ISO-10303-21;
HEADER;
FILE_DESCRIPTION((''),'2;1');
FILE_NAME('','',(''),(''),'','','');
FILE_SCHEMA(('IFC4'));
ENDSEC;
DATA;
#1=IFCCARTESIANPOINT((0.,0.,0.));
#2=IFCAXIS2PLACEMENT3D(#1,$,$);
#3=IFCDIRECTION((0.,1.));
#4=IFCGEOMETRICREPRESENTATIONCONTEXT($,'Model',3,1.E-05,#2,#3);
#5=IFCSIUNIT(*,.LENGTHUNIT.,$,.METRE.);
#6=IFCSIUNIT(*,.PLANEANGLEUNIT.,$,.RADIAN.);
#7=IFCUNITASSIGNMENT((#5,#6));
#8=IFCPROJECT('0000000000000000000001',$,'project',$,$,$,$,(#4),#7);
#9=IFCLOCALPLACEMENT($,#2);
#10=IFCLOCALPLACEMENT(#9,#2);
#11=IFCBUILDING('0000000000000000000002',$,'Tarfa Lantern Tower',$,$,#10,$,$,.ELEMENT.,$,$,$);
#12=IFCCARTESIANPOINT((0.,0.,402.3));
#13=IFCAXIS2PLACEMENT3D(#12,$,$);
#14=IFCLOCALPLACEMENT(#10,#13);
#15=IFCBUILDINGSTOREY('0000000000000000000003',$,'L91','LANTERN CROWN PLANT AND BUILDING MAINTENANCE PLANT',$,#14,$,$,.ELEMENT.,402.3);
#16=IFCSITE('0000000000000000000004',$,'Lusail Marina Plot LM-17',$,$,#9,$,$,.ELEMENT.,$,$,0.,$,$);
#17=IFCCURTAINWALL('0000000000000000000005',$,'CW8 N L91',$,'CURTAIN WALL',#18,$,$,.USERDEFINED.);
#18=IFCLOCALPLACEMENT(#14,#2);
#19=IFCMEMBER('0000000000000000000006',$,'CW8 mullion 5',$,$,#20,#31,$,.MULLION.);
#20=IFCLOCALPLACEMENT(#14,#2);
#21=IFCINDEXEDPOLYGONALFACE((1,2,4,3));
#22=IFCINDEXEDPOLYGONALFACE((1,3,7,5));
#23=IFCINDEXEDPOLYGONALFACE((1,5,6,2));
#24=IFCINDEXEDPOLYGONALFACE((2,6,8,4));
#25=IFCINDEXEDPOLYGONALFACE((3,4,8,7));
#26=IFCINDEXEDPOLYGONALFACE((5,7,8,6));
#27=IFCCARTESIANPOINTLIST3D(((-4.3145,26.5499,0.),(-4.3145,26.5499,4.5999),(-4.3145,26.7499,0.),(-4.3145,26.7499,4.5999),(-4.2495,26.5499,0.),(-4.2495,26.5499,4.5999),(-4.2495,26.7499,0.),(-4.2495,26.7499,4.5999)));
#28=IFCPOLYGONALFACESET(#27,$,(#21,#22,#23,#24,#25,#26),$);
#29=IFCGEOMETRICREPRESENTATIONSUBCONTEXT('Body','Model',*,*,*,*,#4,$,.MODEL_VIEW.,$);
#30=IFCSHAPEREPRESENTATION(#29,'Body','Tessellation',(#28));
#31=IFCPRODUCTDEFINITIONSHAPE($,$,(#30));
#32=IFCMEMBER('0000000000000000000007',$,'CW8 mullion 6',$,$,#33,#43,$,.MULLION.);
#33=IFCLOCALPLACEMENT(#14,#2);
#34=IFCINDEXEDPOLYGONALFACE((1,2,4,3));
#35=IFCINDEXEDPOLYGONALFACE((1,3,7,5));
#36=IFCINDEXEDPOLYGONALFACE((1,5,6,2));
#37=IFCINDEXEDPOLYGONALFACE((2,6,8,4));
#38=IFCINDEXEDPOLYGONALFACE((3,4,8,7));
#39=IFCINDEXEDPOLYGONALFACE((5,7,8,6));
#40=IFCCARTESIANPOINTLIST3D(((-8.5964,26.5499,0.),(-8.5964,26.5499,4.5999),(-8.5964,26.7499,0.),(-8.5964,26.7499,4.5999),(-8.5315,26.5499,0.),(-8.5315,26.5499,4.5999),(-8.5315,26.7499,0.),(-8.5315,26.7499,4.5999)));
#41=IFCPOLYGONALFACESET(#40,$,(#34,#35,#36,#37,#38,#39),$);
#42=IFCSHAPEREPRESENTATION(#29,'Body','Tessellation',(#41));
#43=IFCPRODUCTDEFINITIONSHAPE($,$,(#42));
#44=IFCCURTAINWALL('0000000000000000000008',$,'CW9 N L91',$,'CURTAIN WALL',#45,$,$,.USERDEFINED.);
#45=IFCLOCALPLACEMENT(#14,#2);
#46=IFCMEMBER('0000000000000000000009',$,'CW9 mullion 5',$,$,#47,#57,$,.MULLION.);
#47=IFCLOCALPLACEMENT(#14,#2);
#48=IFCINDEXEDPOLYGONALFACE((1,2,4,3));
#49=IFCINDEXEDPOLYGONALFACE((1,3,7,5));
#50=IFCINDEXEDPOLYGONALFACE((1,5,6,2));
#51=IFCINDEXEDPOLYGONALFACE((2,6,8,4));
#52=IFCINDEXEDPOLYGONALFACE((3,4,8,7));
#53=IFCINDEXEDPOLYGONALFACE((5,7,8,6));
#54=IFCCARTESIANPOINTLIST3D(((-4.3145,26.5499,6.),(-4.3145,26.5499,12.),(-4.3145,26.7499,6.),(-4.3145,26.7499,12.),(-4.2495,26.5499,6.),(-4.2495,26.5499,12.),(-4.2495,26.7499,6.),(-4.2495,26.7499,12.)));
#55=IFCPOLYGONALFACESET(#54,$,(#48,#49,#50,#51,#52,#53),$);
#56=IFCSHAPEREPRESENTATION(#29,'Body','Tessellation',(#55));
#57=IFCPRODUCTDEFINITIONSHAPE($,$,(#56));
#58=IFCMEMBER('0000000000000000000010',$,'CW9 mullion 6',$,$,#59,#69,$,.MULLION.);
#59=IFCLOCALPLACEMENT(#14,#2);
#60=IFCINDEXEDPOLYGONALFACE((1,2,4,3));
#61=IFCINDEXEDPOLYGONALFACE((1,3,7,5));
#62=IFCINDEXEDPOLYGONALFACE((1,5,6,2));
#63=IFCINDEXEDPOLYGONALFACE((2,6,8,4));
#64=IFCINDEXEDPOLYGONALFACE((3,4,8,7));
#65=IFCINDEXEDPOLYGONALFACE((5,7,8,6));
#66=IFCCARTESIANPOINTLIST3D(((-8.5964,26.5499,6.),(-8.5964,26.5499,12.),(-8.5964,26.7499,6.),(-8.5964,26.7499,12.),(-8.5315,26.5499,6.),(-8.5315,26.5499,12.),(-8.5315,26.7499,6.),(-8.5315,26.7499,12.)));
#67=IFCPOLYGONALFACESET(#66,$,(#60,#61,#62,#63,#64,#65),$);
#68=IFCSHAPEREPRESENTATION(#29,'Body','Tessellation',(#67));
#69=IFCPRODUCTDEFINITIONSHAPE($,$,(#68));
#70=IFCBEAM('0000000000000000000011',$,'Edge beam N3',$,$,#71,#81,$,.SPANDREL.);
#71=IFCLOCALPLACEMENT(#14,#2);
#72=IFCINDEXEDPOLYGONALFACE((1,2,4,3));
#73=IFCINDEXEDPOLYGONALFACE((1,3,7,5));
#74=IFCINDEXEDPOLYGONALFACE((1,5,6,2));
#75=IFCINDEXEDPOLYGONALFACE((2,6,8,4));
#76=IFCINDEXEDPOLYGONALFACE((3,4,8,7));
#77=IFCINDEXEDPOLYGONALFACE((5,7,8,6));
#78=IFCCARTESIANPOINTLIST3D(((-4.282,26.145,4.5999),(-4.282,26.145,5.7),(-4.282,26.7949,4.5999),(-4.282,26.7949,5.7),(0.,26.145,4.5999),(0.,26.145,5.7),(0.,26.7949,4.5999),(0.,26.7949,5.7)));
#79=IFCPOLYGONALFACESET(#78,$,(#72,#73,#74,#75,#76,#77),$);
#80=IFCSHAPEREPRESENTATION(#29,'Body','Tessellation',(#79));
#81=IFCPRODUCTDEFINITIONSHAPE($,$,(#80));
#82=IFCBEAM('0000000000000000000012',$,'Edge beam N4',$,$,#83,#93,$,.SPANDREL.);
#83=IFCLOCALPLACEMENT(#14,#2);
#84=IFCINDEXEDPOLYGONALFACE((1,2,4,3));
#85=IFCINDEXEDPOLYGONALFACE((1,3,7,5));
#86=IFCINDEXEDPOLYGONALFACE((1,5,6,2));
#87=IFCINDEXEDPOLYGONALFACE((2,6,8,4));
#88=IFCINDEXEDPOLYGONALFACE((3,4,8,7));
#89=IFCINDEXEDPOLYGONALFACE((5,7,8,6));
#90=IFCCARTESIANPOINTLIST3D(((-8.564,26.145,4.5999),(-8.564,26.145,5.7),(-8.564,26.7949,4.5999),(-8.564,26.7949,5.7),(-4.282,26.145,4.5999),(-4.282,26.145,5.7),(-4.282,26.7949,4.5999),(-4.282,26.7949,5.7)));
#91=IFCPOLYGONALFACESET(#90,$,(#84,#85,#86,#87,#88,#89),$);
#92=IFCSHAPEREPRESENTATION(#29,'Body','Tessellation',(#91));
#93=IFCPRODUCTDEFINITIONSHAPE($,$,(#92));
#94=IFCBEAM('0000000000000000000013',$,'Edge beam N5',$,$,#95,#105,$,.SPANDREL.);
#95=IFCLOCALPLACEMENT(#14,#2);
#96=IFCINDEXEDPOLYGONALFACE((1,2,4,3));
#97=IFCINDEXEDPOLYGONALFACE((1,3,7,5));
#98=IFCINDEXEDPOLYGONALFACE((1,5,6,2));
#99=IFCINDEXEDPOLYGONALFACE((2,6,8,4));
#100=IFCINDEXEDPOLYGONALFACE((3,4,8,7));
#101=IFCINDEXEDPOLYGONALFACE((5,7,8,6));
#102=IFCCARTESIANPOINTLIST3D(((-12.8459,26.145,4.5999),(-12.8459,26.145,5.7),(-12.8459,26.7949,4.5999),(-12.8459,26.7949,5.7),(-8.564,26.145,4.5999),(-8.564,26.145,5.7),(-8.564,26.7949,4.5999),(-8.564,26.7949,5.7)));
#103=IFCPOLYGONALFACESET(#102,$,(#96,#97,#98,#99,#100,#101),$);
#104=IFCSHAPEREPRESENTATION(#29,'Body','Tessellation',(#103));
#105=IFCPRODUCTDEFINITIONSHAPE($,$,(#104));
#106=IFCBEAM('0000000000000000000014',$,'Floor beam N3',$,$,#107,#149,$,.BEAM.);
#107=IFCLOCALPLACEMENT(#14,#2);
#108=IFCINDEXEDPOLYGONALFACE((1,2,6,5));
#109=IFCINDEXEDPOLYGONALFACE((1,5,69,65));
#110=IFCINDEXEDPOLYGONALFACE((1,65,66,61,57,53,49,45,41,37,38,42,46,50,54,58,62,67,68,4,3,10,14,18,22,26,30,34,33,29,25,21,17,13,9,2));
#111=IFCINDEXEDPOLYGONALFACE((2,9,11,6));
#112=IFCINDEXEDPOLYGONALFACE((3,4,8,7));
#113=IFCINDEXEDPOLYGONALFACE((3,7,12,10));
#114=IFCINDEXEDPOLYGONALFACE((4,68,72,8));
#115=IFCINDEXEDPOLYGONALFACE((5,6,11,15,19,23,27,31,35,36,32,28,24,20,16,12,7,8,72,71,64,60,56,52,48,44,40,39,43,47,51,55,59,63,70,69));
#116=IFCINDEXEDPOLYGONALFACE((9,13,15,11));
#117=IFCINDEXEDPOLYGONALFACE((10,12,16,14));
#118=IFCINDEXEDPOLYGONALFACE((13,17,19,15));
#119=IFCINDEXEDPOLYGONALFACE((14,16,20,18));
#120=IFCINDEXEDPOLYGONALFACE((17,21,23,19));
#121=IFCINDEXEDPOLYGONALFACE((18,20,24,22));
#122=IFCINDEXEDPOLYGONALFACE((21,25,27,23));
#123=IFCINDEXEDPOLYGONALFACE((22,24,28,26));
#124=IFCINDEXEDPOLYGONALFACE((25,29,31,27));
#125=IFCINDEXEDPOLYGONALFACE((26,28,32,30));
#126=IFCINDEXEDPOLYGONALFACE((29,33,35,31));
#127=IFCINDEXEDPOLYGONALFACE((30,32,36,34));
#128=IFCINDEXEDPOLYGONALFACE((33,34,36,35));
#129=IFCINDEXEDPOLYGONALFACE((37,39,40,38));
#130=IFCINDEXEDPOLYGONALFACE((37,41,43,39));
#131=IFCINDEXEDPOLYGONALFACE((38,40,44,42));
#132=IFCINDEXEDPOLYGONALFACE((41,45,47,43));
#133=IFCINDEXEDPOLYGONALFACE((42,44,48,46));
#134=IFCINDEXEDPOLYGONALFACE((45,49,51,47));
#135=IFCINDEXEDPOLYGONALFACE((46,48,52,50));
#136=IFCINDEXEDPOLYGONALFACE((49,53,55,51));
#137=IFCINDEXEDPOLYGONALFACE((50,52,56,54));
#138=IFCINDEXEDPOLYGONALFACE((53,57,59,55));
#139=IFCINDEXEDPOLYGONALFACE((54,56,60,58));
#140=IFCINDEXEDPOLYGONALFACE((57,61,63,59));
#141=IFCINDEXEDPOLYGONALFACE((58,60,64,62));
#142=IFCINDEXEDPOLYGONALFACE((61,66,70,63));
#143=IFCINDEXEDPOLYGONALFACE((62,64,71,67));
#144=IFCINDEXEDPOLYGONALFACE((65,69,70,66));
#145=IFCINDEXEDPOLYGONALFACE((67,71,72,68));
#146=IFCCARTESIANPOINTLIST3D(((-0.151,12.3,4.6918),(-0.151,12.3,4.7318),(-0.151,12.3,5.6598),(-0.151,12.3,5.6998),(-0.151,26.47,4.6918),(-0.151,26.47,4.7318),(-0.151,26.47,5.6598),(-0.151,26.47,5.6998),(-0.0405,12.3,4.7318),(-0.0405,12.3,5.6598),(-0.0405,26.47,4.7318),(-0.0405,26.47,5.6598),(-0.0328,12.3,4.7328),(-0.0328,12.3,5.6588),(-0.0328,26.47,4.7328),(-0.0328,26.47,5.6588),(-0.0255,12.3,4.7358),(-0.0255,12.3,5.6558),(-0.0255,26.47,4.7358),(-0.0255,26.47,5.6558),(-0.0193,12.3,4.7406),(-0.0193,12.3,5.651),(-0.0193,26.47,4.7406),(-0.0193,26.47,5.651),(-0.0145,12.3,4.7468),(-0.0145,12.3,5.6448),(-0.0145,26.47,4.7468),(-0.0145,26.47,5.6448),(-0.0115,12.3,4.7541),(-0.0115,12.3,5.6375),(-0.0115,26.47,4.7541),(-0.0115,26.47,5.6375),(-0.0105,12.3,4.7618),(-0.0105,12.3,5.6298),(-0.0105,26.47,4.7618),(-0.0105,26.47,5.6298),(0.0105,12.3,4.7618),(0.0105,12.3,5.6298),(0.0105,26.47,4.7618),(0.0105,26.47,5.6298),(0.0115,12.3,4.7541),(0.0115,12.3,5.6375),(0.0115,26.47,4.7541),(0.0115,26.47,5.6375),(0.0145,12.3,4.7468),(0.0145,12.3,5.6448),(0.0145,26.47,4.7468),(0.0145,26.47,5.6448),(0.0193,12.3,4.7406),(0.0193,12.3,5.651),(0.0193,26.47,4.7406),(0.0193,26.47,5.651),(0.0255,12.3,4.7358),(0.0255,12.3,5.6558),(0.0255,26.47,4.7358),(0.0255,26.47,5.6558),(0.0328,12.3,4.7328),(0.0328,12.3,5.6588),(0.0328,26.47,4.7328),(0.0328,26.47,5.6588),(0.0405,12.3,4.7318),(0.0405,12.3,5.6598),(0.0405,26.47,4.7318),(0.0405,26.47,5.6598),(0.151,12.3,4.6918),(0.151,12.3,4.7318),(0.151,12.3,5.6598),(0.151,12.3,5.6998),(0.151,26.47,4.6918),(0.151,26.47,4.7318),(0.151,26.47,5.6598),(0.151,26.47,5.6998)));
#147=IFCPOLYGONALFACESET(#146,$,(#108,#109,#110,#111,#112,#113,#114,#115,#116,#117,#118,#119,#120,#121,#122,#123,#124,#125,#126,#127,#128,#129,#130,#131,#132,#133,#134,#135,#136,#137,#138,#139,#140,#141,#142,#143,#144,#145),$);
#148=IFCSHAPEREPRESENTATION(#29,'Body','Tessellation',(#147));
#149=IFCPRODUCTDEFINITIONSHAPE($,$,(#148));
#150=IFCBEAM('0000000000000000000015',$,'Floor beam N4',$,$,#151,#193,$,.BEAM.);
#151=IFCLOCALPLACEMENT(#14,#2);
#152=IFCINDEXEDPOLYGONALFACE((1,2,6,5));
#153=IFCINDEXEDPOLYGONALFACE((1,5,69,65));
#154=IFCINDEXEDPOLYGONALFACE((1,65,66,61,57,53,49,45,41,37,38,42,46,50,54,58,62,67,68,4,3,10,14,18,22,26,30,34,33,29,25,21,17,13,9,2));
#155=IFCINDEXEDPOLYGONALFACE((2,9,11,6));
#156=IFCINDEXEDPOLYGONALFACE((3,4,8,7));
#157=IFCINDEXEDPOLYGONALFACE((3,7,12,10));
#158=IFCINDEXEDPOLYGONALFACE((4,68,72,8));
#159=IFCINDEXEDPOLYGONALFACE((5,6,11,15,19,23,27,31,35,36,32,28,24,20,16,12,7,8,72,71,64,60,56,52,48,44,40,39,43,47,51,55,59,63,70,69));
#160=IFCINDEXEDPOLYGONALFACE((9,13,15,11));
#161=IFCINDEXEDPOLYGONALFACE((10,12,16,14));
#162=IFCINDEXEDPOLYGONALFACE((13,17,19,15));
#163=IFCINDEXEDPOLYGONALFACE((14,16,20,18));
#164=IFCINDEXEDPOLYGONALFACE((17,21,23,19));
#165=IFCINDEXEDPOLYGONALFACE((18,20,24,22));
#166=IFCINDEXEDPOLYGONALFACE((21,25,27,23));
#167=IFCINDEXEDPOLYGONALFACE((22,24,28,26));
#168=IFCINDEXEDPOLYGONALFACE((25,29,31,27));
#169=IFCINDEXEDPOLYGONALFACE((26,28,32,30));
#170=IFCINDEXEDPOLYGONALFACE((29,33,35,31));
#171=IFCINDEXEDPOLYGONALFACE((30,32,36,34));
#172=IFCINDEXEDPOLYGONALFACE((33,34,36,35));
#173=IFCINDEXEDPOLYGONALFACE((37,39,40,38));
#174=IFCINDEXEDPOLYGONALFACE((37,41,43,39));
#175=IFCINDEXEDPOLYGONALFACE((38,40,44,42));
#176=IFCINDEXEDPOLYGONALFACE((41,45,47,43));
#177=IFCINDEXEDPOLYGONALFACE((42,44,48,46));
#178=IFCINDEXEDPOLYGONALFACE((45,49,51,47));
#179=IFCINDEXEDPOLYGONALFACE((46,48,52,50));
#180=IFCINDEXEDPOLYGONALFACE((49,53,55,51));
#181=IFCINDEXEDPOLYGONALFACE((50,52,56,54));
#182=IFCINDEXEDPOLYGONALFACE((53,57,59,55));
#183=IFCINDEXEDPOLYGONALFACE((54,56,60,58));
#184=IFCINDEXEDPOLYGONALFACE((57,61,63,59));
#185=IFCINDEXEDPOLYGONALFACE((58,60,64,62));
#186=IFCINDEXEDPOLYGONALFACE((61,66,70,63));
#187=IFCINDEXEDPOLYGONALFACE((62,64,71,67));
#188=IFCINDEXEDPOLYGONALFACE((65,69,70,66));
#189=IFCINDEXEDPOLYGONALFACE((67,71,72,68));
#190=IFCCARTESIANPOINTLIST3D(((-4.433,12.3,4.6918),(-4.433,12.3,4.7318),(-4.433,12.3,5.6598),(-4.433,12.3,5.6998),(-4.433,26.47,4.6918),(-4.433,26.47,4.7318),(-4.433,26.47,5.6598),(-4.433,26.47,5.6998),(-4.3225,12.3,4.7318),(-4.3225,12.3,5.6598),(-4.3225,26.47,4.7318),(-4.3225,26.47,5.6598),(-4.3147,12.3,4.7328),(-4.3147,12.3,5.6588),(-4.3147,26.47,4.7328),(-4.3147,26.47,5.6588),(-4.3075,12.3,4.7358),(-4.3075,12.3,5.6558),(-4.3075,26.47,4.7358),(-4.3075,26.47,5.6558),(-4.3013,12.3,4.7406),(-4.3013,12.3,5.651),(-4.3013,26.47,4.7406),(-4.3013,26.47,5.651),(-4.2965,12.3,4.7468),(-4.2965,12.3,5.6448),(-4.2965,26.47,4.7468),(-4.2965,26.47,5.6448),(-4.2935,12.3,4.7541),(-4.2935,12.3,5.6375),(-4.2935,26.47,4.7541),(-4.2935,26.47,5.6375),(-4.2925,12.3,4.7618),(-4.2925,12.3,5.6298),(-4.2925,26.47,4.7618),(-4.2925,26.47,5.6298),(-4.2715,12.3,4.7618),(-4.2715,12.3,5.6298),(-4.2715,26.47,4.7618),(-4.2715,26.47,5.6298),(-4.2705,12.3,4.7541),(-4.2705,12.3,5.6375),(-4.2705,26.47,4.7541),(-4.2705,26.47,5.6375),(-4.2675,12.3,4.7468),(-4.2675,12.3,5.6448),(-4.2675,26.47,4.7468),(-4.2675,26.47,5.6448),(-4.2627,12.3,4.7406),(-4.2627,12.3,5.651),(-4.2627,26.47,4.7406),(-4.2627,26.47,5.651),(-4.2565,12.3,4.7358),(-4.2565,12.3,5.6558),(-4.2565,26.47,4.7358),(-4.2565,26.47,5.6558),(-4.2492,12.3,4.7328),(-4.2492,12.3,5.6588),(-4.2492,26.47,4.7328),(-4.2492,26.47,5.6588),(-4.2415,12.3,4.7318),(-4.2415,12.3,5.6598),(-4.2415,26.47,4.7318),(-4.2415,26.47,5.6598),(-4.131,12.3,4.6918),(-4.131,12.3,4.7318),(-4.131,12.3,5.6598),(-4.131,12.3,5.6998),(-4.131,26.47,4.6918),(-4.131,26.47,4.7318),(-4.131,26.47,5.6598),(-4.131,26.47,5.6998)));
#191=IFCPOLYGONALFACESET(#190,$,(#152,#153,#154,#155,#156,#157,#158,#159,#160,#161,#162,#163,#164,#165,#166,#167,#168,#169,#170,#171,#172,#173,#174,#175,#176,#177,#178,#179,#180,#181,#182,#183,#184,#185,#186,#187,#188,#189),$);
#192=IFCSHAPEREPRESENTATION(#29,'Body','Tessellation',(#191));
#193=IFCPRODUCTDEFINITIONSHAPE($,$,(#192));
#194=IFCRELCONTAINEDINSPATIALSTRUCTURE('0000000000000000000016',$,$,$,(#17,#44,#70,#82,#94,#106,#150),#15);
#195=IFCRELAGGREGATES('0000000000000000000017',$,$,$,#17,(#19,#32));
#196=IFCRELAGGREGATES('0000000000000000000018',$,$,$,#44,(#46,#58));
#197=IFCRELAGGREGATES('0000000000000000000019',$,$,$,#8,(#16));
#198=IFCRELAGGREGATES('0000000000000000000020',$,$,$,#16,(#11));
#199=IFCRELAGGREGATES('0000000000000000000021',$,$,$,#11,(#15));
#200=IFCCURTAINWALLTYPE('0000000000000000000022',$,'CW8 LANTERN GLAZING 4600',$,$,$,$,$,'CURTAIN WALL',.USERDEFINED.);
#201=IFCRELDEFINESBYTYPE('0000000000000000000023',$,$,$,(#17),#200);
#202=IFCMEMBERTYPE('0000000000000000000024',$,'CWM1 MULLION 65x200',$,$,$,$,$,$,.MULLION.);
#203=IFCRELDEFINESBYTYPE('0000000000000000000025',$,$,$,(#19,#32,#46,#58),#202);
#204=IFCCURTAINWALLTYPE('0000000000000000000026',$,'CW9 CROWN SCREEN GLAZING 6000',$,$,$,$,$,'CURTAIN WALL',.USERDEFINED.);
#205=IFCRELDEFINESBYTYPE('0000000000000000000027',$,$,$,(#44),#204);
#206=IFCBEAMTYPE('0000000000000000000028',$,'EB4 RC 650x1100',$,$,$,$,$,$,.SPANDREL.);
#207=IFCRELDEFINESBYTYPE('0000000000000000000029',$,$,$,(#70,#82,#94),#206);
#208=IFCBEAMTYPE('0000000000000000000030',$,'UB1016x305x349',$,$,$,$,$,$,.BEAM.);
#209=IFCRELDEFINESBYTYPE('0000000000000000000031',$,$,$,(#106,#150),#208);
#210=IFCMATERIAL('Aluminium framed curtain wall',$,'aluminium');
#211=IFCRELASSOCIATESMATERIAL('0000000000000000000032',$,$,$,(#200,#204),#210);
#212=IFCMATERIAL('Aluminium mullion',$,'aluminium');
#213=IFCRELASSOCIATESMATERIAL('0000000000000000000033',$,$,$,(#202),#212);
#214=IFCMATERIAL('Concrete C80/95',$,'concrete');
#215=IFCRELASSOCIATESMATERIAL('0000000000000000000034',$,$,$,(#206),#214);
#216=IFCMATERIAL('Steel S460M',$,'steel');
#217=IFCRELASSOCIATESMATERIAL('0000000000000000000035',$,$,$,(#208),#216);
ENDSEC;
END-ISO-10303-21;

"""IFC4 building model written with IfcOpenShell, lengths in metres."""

from ifc_helpers import new_model, si_unit, direction, frame, origin, origin_2d, place, context, subcontext, project, spatial, rectangle, i_section, extrude, material, material_profile, profile_set, type_object, element, aggregate, save


model = new_model("IFC4")

# Units and contexts
model_context = context("Model", 3, precision=1e-05, world=origin(), true_north=direction((0.0, 1.0)))
body_context = subcontext(model_context, "Body", "Model", "MODEL_VIEW")
ifc_project = project(units=[si_unit("LENGTHUNIT", "METRE"), si_unit("PLANEANGLEUNIT", "RADIAN")], contexts=[model_context])

# Site, building, storey
site_placement = place(None, origin())
site = spatial("IfcSite", under=ifc_project, at=site_placement, Name="Lusail Marina Plot LM-17", CompositionType="ELEMENT", RefElevation=0.0)
building_placement = place(site_placement, origin())
building = spatial("IfcBuilding", under=site, at=building_placement, Name="Tarfa Lantern Tower", CompositionType="ELEMENT")
storey_placement = place(building_placement, frame((0.0, 0.0, 402.3)))
storey = spatial("IfcBuildingStorey", under=building, at=storey_placement, Name="L91", Description="LANTERN CROWN PLANT AND BUILDING MAINTENANCE PLANT", CompositionType="ELEMENT", Elevation=402.3)

# Curtain walls, members
ifc_material_1 = material(Name="Aluminium framed curtain wall", Category="aluminium")
curtain_wall_type_1 = type_object("IfcCurtainWallType", Name="CW8 LANTERN GLAZING 4600", ElementType="CURTAIN WALL", PredefinedType="USERDEFINED", material=ifc_material_1)
curtain_wall_1_placement = place(storey_placement, origin())
curtain_wall_1 = element("IfcCurtainWall", 1, at=curtain_wall_1_placement, inside=storey, type_object=curtain_wall_type_1, Name="CW8 N L91", ObjectType="CURTAIN WALL", PredefinedType="USERDEFINED")
ifc_material_2 = material(Name="Aluminium mullion", Category="aluminium")
ifc_material_profile_1 = material_profile(ifc_material_2, rectangle(XDim=0.0649, YDim=0.2, at=origin_2d()), Name="AL MULLION 65x200")
ifc_profile_set_1 = profile_set([ifc_material_profile_1], Name="Aluminium mullion")
member_type = type_object("IfcMemberType", Name="CWM1 MULLION 65x200", PredefinedType="MULLION", material=ifc_profile_set_1)
member_1_placement = place(storey_placement, frame((-4.282, 26.6499, 0.0), z_axis=(0.0, 0.0, 1.0), x_axis=(1.0, 0.0, 0.0)))
member_1 = element("IfcMember", 2, at=member_1_placement, type_object=member_type, Name="CW8 mullion 5", PredefinedType="MULLION", context=body_context, shape_type="SweptSolid", body=[
    extrude(rectangle(XDim=0.0649, YDim=0.2, at=origin_2d()), origin(), (0.0, 0.0, 1.0), 4.5999),
])
member_2_placement = place(storey_placement, frame((-8.564, 26.6499, 0.0), z_axis=(0.0, 0.0, 1.0), x_axis=(1.0, 0.0, 0.0)))
member_2 = element("IfcMember", 3, at=member_2_placement, type_object=member_type, Name="CW8 mullion 6", PredefinedType="MULLION", context=body_context, shape_type="SweptSolid", body=[
    extrude(rectangle(XDim=0.0649, YDim=0.2, at=origin_2d()), origin(), (0.0, 0.0, 1.0), 4.5999),
])
curtain_wall_type_2 = type_object("IfcCurtainWallType", Name="CW9 CROWN SCREEN GLAZING 6000", ElementType="CURTAIN WALL", PredefinedType="USERDEFINED", material=ifc_material_1)
curtain_wall_2_placement = place(storey_placement, origin())
curtain_wall_2 = element("IfcCurtainWall", 4, at=curtain_wall_2_placement, inside=storey, type_object=curtain_wall_type_2, Name="CW9 N L91", ObjectType="CURTAIN WALL", PredefinedType="USERDEFINED")
member_3_placement = place(storey_placement, frame((-4.282, 26.6499, 6.0), z_axis=(0.0, 0.0, 1.0), x_axis=(1.0, 0.0, 0.0)))
member_3 = element("IfcMember", 5, at=member_3_placement, type_object=member_type, Name="CW9 mullion 5", PredefinedType="MULLION", context=body_context, shape_type="SweptSolid", body=[
    extrude(rectangle(XDim=0.0649, YDim=0.2, at=origin_2d()), origin(), (0.0, 0.0, 1.0), 6.0),
])
member_4_placement = place(storey_placement, frame((-8.564, 26.6499, 6.0), z_axis=(0.0, 0.0, 1.0), x_axis=(1.0, 0.0, 0.0)))
member_4 = element("IfcMember", 6, at=member_4_placement, type_object=member_type, Name="CW9 mullion 6", PredefinedType="MULLION", context=body_context, shape_type="SweptSolid", body=[
    extrude(rectangle(XDim=0.0649, YDim=0.2, at=origin_2d()), origin(), (0.0, 0.0, 1.0), 6.0),
])

# Beams
ifc_material_3 = material(Name="Concrete C80/95", Category="concrete")
ifc_material_profile_2 = material_profile(ifc_material_3, rectangle(XDim=0.6499, YDim=1.1001, at=origin_2d()), Name="RC 650x1100")
ifc_profile_set_2 = profile_set([ifc_material_profile_2], Name="Concrete C80/95")
beam_type_1 = type_object("IfcBeamType", Name="EB4 RC 650x1100", PredefinedType="SPANDREL", material=ifc_profile_set_2)
for number, where, z_axis, x_axis, name in (
    (7, (0.0, 26.47, 5.1499), (-1.0, 0.0, 0.0), (0.0, -1.0, 0.0), "Edge beam N3"),
    (8, (-4.282, 26.47, 5.1499), (-1.0, 0.0, 0.0), (0.0, -1.0, 0.0), "Edge beam N4"),
    (9, (-8.564, 26.47, 5.1499), (-1.0, 0.0, 0.0), (0.0, -1.0, 0.0), "Edge beam N5"),
):
    element("IfcBeam", number, at=place(storey_placement, frame(where, z_axis=z_axis, x_axis=x_axis)), inside=storey, type_object=beam_type_1, Name=name, PredefinedType="SPANDREL", context=body_context, shape_type="SweptSolid", body=[
        extrude(rectangle(XDim=0.6499, YDim=1.1001, at=origin_2d()), origin(), (0.0, 0.0, 1.0), 4.282),
    ])
ifc_material_4 = material(Name="Steel S460M", Category="steel")
ifc_material_profile_3 = material_profile(ifc_material_4, i_section(OverallWidth=0.302, OverallDepth=1.0081, WebThickness=0.021, FlangeThickness=0.04, FilletRadius=0.03, at=origin_2d()), Name="UB1016x305x349")
ifc_profile_set_3 = profile_set([ifc_material_profile_3], Name="Steel S460M")
beam_type_2 = type_object("IfcBeamType", Name="UB1016x305x349", PredefinedType="BEAM", material=ifc_profile_set_3)
for number, where, z_axis, x_axis, name in (
    (10, (0.0, 26.47, 5.1958), (0.0, -1.0, 0.0), (1.0, 0.0, 0.0), "Floor beam N3"),
    (11, (-4.282, 26.47, 5.1958), (0.0, -1.0, 0.0), (1.0, 0.0, 0.0), "Floor beam N4"),
):
    element("IfcBeam", number, at=place(storey_placement, frame(where, z_axis=z_axis, x_axis=x_axis)), inside=storey, type_object=beam_type_2, Name=name, PredefinedType="BEAM", context=body_context, shape_type="SweptSolid", body=[
        extrude(i_section(OverallWidth=0.302, OverallDepth=1.0081, WebThickness=0.021, FlangeThickness=0.04, FilletRadius=0.03, at=origin_2d()), origin(), (0.0, 0.0, 1.0), 14.1699),
    ])

aggregate(curtain_wall_1, [member_1, member_2])
aggregate(curtain_wall_2, [member_3, member_4])

save(model, "model.ifc")
